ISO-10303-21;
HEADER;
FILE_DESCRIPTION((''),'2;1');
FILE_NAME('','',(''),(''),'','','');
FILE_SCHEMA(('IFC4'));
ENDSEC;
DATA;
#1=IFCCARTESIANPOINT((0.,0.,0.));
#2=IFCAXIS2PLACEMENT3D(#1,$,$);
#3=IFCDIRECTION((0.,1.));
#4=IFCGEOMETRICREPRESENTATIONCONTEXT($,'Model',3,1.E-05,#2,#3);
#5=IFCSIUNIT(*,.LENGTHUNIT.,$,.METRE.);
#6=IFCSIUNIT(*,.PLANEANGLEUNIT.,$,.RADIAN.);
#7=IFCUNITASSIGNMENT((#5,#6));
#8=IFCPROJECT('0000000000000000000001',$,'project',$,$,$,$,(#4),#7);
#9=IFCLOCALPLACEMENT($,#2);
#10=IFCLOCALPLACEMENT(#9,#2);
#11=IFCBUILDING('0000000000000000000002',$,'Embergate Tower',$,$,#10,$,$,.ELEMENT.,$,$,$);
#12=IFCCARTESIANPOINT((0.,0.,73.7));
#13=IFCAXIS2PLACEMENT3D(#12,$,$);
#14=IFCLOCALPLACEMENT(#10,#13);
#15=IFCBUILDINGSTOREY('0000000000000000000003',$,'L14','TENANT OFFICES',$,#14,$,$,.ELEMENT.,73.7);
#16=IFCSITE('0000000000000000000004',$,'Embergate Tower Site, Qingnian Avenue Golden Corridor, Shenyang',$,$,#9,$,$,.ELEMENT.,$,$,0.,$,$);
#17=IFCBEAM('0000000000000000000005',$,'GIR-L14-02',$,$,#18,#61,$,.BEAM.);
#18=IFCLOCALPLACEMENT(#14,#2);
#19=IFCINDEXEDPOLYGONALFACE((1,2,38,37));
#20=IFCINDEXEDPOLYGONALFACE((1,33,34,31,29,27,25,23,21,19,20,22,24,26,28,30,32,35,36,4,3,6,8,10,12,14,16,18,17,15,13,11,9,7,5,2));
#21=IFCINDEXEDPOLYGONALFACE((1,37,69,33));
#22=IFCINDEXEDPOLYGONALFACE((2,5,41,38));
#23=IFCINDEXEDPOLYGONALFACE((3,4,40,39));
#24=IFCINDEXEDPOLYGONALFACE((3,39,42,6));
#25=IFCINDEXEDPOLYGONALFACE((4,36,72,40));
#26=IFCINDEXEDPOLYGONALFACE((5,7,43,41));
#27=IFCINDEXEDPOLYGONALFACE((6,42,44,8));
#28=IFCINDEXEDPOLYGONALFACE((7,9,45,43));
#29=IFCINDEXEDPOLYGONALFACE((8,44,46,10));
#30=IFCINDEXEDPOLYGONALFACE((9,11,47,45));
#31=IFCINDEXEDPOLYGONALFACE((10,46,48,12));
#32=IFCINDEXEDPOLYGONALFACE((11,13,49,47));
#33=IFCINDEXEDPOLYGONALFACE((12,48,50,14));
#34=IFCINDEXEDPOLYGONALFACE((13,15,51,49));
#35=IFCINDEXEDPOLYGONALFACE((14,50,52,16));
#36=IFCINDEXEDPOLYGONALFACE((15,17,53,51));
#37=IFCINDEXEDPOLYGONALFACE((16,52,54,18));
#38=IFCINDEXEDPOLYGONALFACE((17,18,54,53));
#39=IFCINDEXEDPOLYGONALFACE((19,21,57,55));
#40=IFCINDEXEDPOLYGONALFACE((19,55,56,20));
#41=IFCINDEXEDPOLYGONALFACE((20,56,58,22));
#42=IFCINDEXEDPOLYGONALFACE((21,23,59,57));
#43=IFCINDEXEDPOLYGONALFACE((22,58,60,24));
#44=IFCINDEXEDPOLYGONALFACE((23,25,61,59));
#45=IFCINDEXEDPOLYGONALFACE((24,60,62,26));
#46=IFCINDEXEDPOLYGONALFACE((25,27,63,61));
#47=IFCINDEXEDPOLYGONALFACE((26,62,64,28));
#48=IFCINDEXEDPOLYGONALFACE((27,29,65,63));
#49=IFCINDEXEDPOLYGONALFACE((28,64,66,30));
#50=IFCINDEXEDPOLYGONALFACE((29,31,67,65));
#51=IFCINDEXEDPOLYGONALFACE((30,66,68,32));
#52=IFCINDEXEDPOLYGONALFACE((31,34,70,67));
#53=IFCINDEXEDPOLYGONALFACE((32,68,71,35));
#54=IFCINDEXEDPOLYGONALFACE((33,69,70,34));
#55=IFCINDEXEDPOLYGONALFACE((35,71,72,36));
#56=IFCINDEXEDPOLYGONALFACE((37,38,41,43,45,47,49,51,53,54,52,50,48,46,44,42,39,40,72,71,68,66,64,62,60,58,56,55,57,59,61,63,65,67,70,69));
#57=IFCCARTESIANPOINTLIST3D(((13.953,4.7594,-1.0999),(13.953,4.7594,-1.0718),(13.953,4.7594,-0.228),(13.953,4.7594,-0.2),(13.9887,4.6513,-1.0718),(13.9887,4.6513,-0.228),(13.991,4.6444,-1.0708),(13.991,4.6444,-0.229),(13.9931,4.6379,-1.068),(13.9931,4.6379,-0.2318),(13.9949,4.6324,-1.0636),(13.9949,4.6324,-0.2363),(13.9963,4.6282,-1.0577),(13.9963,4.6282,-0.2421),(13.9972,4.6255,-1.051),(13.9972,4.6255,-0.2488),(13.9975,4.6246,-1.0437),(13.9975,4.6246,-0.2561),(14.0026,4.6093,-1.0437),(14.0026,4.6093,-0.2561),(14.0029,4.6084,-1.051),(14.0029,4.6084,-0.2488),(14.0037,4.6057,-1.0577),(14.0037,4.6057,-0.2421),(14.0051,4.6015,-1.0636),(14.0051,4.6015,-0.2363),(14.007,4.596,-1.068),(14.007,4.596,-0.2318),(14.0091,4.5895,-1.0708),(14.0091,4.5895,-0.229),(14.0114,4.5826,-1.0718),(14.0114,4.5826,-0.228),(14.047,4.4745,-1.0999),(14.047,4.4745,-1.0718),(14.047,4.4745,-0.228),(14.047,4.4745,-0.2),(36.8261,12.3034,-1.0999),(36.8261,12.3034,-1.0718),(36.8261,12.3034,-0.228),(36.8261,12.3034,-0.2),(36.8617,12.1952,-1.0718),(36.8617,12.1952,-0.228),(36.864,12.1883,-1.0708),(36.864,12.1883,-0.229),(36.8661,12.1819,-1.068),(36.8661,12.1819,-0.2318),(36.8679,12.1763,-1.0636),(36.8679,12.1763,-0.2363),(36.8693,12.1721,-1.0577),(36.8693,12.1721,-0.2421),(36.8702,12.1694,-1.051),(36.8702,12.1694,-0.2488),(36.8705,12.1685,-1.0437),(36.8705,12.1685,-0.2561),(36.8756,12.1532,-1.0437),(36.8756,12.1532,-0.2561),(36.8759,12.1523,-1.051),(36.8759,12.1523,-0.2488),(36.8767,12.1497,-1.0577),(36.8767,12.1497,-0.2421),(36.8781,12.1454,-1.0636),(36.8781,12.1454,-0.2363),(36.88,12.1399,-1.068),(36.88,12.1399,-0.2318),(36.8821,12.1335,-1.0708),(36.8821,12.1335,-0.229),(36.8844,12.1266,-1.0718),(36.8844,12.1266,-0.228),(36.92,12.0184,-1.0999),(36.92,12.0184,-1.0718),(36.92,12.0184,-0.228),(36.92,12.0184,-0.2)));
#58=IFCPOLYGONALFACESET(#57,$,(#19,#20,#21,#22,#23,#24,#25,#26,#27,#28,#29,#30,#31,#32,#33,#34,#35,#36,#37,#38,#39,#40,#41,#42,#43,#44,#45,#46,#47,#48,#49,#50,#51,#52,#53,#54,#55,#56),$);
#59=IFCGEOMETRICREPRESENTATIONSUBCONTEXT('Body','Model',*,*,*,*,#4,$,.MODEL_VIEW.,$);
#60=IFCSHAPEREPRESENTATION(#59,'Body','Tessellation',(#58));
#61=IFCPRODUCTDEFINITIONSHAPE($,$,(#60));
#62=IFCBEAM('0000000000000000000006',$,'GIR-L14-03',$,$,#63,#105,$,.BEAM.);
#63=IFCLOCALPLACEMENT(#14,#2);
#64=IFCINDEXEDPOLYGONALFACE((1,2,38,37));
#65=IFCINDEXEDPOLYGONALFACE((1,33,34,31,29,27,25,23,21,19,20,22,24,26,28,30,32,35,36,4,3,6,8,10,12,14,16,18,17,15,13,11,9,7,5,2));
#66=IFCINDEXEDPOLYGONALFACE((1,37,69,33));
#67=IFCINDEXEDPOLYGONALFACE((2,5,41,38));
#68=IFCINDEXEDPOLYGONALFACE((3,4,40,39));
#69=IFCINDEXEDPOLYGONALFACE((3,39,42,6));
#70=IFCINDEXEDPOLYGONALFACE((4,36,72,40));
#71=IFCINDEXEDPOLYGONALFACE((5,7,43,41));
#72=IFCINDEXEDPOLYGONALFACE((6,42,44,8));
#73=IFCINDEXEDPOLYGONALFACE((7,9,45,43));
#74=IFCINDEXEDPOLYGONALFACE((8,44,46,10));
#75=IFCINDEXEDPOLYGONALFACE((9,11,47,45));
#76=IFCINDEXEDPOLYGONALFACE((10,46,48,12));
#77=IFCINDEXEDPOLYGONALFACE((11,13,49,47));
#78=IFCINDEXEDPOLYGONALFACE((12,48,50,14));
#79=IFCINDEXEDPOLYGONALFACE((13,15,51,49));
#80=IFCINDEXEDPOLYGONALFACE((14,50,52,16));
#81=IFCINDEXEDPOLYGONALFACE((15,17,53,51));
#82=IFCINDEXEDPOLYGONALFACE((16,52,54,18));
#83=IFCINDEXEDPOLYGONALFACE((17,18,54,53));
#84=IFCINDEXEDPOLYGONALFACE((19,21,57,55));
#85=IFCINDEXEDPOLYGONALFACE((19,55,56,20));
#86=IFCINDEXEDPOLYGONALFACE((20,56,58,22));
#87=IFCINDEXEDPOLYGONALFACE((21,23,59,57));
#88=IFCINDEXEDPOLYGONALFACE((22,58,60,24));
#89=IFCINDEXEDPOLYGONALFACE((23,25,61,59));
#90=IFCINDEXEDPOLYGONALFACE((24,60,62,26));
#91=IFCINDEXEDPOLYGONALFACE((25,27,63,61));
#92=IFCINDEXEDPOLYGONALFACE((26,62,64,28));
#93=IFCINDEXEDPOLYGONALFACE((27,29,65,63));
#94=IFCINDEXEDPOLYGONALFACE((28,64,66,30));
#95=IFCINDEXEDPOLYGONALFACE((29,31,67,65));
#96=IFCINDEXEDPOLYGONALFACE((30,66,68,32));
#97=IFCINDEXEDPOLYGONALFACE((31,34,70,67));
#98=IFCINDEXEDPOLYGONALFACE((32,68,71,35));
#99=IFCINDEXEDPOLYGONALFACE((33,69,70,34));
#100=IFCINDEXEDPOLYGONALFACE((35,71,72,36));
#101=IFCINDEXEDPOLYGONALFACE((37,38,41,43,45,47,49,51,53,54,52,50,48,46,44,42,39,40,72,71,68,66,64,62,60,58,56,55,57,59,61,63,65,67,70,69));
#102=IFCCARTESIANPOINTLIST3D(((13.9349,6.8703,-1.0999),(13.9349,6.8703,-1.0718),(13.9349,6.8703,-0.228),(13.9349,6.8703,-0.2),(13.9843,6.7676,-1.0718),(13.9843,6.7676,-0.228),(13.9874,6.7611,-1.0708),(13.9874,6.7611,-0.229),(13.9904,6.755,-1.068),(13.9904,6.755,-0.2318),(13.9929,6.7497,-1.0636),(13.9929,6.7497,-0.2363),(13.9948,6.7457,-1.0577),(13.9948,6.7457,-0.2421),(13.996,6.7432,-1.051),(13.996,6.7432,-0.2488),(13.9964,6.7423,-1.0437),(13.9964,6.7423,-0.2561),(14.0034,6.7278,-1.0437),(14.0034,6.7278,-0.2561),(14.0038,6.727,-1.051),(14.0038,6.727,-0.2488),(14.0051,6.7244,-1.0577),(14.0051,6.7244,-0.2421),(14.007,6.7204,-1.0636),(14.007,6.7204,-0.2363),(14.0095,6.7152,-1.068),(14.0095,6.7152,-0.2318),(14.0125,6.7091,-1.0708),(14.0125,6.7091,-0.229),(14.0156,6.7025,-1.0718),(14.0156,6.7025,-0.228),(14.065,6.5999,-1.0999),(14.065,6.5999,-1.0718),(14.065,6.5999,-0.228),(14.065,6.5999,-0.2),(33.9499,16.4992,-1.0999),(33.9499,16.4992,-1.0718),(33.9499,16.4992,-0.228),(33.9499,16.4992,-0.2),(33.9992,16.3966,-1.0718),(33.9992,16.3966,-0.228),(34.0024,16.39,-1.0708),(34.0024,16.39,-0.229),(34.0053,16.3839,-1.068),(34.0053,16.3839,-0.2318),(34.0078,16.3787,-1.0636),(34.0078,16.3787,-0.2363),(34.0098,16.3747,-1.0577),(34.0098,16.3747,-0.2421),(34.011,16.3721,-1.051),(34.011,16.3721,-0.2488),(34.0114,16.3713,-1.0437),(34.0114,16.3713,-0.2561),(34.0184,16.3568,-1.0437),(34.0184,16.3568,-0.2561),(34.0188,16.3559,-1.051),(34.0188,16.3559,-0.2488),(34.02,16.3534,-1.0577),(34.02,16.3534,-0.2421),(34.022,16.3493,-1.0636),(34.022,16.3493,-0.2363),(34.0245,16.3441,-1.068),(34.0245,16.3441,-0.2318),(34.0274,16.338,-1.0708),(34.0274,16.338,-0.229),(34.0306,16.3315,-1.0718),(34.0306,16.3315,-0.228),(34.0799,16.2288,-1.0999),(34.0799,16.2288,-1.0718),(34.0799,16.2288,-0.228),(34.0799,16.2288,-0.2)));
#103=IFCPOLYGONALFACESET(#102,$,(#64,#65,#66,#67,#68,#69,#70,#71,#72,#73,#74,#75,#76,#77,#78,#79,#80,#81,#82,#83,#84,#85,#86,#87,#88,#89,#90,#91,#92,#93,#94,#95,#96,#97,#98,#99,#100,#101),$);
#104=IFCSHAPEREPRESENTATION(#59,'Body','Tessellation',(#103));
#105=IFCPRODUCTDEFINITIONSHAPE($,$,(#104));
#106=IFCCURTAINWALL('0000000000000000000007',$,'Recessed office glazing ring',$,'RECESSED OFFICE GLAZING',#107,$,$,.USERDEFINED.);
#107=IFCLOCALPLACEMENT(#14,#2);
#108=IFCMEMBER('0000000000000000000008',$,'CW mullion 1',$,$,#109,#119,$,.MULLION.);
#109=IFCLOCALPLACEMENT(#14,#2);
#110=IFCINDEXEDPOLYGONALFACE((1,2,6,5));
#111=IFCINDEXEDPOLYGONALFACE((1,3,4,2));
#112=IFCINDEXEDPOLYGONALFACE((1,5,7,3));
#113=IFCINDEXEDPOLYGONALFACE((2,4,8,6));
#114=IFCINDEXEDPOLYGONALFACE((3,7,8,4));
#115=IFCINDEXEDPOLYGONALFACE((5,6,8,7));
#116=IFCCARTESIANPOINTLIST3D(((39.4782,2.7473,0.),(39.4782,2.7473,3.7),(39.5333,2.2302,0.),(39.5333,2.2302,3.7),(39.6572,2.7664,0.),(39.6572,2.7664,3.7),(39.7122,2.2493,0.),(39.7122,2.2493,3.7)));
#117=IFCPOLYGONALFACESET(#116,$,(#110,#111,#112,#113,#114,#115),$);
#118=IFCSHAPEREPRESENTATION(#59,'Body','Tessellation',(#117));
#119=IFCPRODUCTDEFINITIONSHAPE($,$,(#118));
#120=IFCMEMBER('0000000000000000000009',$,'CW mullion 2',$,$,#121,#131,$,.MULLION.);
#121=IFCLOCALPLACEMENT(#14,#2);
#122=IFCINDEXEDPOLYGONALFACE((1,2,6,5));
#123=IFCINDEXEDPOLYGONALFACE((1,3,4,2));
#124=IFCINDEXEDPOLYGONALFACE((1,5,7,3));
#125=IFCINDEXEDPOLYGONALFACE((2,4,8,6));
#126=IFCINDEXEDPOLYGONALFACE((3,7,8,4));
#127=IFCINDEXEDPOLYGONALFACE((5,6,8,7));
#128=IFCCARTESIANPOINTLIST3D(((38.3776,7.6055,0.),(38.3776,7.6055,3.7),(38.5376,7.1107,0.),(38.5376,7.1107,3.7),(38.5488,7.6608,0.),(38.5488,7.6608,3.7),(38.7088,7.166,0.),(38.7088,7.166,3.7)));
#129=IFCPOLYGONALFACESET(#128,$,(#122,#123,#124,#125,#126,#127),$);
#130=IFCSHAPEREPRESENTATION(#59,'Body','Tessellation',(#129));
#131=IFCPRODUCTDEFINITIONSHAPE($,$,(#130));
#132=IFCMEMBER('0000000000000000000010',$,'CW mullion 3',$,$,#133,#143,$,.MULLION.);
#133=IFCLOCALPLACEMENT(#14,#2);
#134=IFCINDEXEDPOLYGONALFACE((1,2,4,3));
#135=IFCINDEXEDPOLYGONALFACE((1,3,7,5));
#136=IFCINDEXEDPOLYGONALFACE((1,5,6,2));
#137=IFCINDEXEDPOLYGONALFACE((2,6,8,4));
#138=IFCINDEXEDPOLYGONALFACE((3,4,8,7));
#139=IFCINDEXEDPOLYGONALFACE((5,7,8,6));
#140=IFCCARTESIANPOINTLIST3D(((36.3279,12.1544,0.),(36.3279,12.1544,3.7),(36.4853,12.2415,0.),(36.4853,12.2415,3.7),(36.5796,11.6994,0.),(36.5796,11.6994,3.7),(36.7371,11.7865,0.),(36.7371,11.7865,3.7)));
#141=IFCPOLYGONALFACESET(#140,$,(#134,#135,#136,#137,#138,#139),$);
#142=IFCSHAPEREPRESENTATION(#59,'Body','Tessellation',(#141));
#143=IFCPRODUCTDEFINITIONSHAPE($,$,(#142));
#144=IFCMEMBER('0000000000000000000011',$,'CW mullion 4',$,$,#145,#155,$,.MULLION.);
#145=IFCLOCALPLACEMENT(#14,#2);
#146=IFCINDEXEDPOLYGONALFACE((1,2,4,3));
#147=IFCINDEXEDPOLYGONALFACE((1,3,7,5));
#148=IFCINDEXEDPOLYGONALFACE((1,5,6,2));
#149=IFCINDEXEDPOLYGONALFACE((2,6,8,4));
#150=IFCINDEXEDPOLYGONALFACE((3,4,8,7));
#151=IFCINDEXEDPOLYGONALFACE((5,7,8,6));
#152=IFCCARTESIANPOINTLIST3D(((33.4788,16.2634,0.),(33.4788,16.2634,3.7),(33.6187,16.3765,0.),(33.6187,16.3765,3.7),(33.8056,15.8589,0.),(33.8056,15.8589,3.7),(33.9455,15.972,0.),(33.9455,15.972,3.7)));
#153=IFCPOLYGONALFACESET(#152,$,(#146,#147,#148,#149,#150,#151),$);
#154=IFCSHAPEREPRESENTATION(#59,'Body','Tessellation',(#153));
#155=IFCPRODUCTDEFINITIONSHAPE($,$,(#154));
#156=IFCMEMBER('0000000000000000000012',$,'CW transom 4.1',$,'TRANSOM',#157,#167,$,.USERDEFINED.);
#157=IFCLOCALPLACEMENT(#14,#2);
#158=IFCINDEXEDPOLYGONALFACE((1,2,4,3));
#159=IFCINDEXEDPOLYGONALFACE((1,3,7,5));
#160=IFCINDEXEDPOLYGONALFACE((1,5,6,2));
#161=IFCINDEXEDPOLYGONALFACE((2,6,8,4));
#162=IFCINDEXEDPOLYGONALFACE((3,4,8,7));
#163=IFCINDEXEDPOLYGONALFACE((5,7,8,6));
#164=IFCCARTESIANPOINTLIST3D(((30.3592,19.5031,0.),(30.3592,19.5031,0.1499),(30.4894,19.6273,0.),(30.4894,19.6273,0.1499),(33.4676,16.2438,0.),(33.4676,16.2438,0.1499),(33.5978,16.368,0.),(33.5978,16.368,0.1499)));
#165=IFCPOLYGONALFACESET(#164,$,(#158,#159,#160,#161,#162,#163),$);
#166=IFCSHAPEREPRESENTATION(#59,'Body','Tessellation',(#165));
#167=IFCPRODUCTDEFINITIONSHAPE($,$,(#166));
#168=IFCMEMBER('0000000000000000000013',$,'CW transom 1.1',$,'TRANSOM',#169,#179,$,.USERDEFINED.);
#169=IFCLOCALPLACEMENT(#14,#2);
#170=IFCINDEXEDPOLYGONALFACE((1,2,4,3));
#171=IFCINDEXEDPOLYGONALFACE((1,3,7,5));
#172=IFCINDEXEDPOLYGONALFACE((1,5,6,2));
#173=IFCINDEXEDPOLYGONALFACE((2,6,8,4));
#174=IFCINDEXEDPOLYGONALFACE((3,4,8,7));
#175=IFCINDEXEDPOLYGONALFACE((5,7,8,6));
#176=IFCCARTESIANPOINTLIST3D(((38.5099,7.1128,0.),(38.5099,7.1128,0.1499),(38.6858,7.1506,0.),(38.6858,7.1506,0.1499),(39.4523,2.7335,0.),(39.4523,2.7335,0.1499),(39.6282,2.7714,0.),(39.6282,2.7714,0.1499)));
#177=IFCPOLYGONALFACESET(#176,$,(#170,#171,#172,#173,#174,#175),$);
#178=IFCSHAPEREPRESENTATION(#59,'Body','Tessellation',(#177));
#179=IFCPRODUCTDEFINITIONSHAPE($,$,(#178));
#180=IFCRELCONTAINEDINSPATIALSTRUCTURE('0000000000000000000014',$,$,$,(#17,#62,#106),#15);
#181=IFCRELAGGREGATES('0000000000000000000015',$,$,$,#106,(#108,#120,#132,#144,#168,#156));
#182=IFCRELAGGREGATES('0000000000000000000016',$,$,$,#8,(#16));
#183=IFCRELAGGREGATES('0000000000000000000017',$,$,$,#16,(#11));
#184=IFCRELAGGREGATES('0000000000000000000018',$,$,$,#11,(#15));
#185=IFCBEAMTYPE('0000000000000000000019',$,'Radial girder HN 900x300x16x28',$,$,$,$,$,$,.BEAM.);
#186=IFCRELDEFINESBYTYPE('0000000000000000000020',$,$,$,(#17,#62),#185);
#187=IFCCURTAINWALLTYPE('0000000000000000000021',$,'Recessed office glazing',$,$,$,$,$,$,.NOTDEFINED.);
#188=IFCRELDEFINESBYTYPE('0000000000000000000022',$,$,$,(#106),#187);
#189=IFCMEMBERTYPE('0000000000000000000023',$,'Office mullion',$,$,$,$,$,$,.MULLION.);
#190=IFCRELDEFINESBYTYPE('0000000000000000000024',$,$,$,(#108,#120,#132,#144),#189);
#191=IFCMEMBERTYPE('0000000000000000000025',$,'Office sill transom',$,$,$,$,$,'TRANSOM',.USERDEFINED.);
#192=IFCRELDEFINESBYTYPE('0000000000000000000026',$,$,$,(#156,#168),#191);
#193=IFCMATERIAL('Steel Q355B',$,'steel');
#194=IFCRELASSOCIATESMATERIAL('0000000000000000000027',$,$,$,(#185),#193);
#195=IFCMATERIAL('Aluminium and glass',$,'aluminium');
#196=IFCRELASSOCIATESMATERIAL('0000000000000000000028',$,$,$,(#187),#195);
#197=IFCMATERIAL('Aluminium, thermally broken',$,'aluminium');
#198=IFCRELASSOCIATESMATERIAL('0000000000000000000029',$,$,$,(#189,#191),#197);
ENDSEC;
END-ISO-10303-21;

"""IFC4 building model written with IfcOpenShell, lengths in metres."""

from ifc_helpers import new_model, si_unit, direction, frame, origin, origin_2d, place, context, subcontext, project, spatial, rectangle, i_section, extrude, source, transform, mapped, material, material_profile, profile_set, type_object, element, aggregate, save


model = new_model("IFC4")

# Units and contexts
model_context = context("Model", 3, precision=1e-05, world=origin(), true_north=direction((0.0, 1.0)))
body_context = subcontext(model_context, "Body", "Model", "MODEL_VIEW")
ifc_project = project(units=[si_unit("LENGTHUNIT", "METRE"), si_unit("PLANEANGLEUNIT", "RADIAN")], contexts=[model_context])

# Site, building, storey
site_placement = place(None, origin())
site = spatial("IfcSite", under=ifc_project, at=site_placement, Name="Embergate Tower Site, Qingnian Avenue Golden Corridor, Shenyang", CompositionType="ELEMENT", RefElevation=0.0)
building_placement = place(site_placement, origin())
building = spatial("IfcBuilding", under=site, at=building_placement, Name="Embergate Tower", CompositionType="ELEMENT")
storey_placement = place(building_placement, frame((0.0, 0.0, 73.7)))
storey = spatial("IfcBuildingStorey", under=building, at=storey_placement, Name="L14", Description="TENANT OFFICES", CompositionType="ELEMENT", Elevation=73.7)

# Beams
ifc_material_1 = material(Name="Steel Q355B", Category="steel")
ifc_material_profile_1 = material_profile(ifc_material_1, i_section(OverallWidth=0.3, OverallDepth=0.8999, WebThickness=0.0161, FlangeThickness=0.0281, FilletRadius=0.0281, at=origin_2d()), Name="HN 900x300x16x28")
ifc_profile_set_1 = profile_set([ifc_material_profile_1], Name="Steel Q355 grade B")
beam_type_1 = type_object("IfcBeamType", Name="Radial girder HN 900x300x16x28", PredefinedType="BEAM", material=ifc_profile_set_1)
shared_shape_1 = source(origin(), body_context, "Body", "SweptSolid", [
    extrude(i_section(OverallWidth=0.3, OverallDepth=0.8999, WebThickness=0.0161, FlangeThickness=0.0281, FilletRadius=0.0281, at=origin_2d()), origin(), (0.0, 0.0, 1.0), 24.085),
])
beam_1_placement = place(storey_placement, frame((36.873, 12.1609, -0.6499), z_axis=(-0.94968, -0.313222, 0.0), x_axis=(0.313222, -0.94968, 0.0)))
element("IfcBeam", 1, at=beam_1_placement, inside=storey, type_object=beam_type_1, Name="GIR-L14-02", PredefinedType="BEAM", context=body_context, shape_type="MappedRepresentation", body=[
    mapped(shared_shape_1, transform((0.0, 0.0, 0.0))),
])
shared_shape_2 = source(origin(), body_context, "Body", "SweptSolid", [
    extrude(i_section(OverallWidth=0.3, OverallDepth=0.8999, WebThickness=0.0161, FlangeThickness=0.0281, FilletRadius=0.0281, at=origin_2d()), origin(), (0.0, 0.0, 1.0), 22.2107),
])
beam_2_placement = place(storey_placement, frame((34.0149, 16.364, -0.6499), z_axis=(-0.901141, -0.433527, 0.0), x_axis=(0.433527, -0.901141, 0.0)))
element("IfcBeam", 2, at=beam_2_placement, inside=storey, type_object=beam_type_1, Name="GIR-L14-03", PredefinedType="BEAM", context=body_context, shape_type="MappedRepresentation", body=[
    mapped(shared_shape_2, transform((0.0, 0.0, 0.0))),
])

# Curtain wall, members
ifc_material_2 = material(Name="Aluminium and glass", Category="aluminium")
curtain_wall_type = type_object("IfcCurtainWallType", Name="Recessed office glazing", PredefinedType="NOTDEFINED", material=ifc_material_2)
curtain_wall_placement = place(storey_placement, origin())
curtain_wall = element("IfcCurtainWall", 3, at=curtain_wall_placement, inside=storey, type_object=curtain_wall_type, Name="Recessed office glazing ring", ObjectType="RECESSED OFFICE GLAZING", PredefinedType="USERDEFINED")
ifc_material_3 = material(Name="Aluminium, thermally broken", Category="aluminium")
ifc_material_profile_2 = material_profile(ifc_material_3, rectangle(XDim=0.1799, YDim=0.52, at=origin_2d()), Name="AL 520x180")
ifc_profile_set_2 = profile_set([ifc_material_profile_2], Name="Aluminium, thermally broken")
member_type_1 = type_object("IfcMemberType", Name="Office mullion", PredefinedType="MULLION", material=ifc_profile_set_2)
shared_shape_3 = source(origin(), body_context, "Body", "SweptSolid", [
    extrude(rectangle(XDim=0.1799, YDim=0.52, at=origin_2d()), origin(), (0.0, 0.0, 1.0), 3.7),
])
member_1_placement = place(storey_placement, frame((39.5952, 2.4983, 0.0), z_axis=(0.0, 0.0, 1.0), x_axis=(-0.994385, -0.10582, 0.0)))
member_1 = element("IfcMember", 4, at=member_1_placement, type_object=member_type_1, Name="CW mullion 1", PredefinedType="MULLION", context=body_context, shape_type="MappedRepresentation", body=[
    mapped(shared_shape_3, transform((0.0, 0.0, 0.0))),
])
member_2_placement = place(storey_placement, frame((38.5432, 7.3857, 0.0), z_axis=(0.0, 0.0, 1.0), x_axis=(-0.951501, -0.307646, 0.0)))
member_2 = element("IfcMember", 5, at=member_2_placement, type_object=member_type_1, Name="CW mullion 2", PredefinedType="MULLION", context=body_context, shape_type="MappedRepresentation", body=[
    mapped(shared_shape_3, transform((0.0, 0.0, 0.0))),
])
member_3_placement = place(storey_placement, frame((36.5325, 11.9705, 0.0), z_axis=(0.0, 0.0, 1.0), x_axis=(-0.875008, -0.484109, 0.0)))
member_3 = element("IfcMember", 6, at=member_3_placement, type_object=member_type_1, Name="CW mullion 3", PredefinedType="MULLION", context=body_context, shape_type="MappedRepresentation", body=[
    mapped(shared_shape_3, transform((0.0, 0.0, 0.0))),
])
member_4_placement = place(storey_placement, frame((33.7122, 16.1177, 0.0), z_axis=(0.0, 0.0, 1.0), x_axis=(-0.77788, -0.628413, 0.0)))
member_4 = element("IfcMember", 7, at=member_4_placement, type_object=member_type_1, Name="CW mullion 4", PredefinedType="MULLION", context=body_context, shape_type="MappedRepresentation", body=[
    mapped(shared_shape_3, transform((0.0, 0.0, 0.0))),
])
ifc_material_profile_3 = material_profile(ifc_material_3, rectangle(XDim=0.1799, YDim=0.1499, at=origin_2d()), Name="AL 150x180")
ifc_profile_set_3 = profile_set([ifc_material_profile_3], Name="Aluminium, thermally broken")
member_type_2 = type_object("IfcMemberType", Name="Office sill transom", ElementType="TRANSOM", PredefinedType="USERDEFINED", material=ifc_profile_set_3)
shared_shape_4 = source(origin(), body_context, "Body", "SweptSolid", [
    extrude(rectangle(XDim=0.1799, YDim=0.1499, at=origin_2d()), origin(), (0.0, 0.0, 1.0), 4.5039),
])
member_5_placement = place(storey_placement, frame((33.5327, 16.3059, 0.075), z_axis=(-0.690159, 0.723658, 0.0), x_axis=(-0.723658, -0.690159, 0.0)))
member_5 = element("IfcMember", 8, at=member_5_placement, type_object=member_type_2, Name="CW transom 4.1", ObjectType="TRANSOM", PredefinedType="USERDEFINED", context=body_context, shape_type="MappedRepresentation", body=[
    mapped(shared_shape_4, transform((0.0, 0.0, 0.0))),
])
shared_shape_5 = source(origin(), body_context, "Body", "SweptSolid", [
    extrude(rectangle(XDim=0.1799, YDim=0.1499, at=origin_2d()), origin(), (0.0, 0.0, 1.0), 4.4795),
])
member_6_placement = place(storey_placement, frame((39.5403, 2.7524, 0.075), z_axis=(-0.210381, 0.977619, 0.0), x_axis=(-0.977619, -0.210381, 0.0)))
member_6 = element("IfcMember", 9, at=member_6_placement, type_object=member_type_2, Name="CW transom 1.1", ObjectType="TRANSOM", PredefinedType="USERDEFINED", context=body_context, shape_type="MappedRepresentation", body=[
    mapped(shared_shape_5, transform((0.0, 0.0, 0.0))),
])
aggregate(curtain_wall, [member_1, member_2, member_3, member_4, member_6, member_5])

save(model, "model.ifc")
